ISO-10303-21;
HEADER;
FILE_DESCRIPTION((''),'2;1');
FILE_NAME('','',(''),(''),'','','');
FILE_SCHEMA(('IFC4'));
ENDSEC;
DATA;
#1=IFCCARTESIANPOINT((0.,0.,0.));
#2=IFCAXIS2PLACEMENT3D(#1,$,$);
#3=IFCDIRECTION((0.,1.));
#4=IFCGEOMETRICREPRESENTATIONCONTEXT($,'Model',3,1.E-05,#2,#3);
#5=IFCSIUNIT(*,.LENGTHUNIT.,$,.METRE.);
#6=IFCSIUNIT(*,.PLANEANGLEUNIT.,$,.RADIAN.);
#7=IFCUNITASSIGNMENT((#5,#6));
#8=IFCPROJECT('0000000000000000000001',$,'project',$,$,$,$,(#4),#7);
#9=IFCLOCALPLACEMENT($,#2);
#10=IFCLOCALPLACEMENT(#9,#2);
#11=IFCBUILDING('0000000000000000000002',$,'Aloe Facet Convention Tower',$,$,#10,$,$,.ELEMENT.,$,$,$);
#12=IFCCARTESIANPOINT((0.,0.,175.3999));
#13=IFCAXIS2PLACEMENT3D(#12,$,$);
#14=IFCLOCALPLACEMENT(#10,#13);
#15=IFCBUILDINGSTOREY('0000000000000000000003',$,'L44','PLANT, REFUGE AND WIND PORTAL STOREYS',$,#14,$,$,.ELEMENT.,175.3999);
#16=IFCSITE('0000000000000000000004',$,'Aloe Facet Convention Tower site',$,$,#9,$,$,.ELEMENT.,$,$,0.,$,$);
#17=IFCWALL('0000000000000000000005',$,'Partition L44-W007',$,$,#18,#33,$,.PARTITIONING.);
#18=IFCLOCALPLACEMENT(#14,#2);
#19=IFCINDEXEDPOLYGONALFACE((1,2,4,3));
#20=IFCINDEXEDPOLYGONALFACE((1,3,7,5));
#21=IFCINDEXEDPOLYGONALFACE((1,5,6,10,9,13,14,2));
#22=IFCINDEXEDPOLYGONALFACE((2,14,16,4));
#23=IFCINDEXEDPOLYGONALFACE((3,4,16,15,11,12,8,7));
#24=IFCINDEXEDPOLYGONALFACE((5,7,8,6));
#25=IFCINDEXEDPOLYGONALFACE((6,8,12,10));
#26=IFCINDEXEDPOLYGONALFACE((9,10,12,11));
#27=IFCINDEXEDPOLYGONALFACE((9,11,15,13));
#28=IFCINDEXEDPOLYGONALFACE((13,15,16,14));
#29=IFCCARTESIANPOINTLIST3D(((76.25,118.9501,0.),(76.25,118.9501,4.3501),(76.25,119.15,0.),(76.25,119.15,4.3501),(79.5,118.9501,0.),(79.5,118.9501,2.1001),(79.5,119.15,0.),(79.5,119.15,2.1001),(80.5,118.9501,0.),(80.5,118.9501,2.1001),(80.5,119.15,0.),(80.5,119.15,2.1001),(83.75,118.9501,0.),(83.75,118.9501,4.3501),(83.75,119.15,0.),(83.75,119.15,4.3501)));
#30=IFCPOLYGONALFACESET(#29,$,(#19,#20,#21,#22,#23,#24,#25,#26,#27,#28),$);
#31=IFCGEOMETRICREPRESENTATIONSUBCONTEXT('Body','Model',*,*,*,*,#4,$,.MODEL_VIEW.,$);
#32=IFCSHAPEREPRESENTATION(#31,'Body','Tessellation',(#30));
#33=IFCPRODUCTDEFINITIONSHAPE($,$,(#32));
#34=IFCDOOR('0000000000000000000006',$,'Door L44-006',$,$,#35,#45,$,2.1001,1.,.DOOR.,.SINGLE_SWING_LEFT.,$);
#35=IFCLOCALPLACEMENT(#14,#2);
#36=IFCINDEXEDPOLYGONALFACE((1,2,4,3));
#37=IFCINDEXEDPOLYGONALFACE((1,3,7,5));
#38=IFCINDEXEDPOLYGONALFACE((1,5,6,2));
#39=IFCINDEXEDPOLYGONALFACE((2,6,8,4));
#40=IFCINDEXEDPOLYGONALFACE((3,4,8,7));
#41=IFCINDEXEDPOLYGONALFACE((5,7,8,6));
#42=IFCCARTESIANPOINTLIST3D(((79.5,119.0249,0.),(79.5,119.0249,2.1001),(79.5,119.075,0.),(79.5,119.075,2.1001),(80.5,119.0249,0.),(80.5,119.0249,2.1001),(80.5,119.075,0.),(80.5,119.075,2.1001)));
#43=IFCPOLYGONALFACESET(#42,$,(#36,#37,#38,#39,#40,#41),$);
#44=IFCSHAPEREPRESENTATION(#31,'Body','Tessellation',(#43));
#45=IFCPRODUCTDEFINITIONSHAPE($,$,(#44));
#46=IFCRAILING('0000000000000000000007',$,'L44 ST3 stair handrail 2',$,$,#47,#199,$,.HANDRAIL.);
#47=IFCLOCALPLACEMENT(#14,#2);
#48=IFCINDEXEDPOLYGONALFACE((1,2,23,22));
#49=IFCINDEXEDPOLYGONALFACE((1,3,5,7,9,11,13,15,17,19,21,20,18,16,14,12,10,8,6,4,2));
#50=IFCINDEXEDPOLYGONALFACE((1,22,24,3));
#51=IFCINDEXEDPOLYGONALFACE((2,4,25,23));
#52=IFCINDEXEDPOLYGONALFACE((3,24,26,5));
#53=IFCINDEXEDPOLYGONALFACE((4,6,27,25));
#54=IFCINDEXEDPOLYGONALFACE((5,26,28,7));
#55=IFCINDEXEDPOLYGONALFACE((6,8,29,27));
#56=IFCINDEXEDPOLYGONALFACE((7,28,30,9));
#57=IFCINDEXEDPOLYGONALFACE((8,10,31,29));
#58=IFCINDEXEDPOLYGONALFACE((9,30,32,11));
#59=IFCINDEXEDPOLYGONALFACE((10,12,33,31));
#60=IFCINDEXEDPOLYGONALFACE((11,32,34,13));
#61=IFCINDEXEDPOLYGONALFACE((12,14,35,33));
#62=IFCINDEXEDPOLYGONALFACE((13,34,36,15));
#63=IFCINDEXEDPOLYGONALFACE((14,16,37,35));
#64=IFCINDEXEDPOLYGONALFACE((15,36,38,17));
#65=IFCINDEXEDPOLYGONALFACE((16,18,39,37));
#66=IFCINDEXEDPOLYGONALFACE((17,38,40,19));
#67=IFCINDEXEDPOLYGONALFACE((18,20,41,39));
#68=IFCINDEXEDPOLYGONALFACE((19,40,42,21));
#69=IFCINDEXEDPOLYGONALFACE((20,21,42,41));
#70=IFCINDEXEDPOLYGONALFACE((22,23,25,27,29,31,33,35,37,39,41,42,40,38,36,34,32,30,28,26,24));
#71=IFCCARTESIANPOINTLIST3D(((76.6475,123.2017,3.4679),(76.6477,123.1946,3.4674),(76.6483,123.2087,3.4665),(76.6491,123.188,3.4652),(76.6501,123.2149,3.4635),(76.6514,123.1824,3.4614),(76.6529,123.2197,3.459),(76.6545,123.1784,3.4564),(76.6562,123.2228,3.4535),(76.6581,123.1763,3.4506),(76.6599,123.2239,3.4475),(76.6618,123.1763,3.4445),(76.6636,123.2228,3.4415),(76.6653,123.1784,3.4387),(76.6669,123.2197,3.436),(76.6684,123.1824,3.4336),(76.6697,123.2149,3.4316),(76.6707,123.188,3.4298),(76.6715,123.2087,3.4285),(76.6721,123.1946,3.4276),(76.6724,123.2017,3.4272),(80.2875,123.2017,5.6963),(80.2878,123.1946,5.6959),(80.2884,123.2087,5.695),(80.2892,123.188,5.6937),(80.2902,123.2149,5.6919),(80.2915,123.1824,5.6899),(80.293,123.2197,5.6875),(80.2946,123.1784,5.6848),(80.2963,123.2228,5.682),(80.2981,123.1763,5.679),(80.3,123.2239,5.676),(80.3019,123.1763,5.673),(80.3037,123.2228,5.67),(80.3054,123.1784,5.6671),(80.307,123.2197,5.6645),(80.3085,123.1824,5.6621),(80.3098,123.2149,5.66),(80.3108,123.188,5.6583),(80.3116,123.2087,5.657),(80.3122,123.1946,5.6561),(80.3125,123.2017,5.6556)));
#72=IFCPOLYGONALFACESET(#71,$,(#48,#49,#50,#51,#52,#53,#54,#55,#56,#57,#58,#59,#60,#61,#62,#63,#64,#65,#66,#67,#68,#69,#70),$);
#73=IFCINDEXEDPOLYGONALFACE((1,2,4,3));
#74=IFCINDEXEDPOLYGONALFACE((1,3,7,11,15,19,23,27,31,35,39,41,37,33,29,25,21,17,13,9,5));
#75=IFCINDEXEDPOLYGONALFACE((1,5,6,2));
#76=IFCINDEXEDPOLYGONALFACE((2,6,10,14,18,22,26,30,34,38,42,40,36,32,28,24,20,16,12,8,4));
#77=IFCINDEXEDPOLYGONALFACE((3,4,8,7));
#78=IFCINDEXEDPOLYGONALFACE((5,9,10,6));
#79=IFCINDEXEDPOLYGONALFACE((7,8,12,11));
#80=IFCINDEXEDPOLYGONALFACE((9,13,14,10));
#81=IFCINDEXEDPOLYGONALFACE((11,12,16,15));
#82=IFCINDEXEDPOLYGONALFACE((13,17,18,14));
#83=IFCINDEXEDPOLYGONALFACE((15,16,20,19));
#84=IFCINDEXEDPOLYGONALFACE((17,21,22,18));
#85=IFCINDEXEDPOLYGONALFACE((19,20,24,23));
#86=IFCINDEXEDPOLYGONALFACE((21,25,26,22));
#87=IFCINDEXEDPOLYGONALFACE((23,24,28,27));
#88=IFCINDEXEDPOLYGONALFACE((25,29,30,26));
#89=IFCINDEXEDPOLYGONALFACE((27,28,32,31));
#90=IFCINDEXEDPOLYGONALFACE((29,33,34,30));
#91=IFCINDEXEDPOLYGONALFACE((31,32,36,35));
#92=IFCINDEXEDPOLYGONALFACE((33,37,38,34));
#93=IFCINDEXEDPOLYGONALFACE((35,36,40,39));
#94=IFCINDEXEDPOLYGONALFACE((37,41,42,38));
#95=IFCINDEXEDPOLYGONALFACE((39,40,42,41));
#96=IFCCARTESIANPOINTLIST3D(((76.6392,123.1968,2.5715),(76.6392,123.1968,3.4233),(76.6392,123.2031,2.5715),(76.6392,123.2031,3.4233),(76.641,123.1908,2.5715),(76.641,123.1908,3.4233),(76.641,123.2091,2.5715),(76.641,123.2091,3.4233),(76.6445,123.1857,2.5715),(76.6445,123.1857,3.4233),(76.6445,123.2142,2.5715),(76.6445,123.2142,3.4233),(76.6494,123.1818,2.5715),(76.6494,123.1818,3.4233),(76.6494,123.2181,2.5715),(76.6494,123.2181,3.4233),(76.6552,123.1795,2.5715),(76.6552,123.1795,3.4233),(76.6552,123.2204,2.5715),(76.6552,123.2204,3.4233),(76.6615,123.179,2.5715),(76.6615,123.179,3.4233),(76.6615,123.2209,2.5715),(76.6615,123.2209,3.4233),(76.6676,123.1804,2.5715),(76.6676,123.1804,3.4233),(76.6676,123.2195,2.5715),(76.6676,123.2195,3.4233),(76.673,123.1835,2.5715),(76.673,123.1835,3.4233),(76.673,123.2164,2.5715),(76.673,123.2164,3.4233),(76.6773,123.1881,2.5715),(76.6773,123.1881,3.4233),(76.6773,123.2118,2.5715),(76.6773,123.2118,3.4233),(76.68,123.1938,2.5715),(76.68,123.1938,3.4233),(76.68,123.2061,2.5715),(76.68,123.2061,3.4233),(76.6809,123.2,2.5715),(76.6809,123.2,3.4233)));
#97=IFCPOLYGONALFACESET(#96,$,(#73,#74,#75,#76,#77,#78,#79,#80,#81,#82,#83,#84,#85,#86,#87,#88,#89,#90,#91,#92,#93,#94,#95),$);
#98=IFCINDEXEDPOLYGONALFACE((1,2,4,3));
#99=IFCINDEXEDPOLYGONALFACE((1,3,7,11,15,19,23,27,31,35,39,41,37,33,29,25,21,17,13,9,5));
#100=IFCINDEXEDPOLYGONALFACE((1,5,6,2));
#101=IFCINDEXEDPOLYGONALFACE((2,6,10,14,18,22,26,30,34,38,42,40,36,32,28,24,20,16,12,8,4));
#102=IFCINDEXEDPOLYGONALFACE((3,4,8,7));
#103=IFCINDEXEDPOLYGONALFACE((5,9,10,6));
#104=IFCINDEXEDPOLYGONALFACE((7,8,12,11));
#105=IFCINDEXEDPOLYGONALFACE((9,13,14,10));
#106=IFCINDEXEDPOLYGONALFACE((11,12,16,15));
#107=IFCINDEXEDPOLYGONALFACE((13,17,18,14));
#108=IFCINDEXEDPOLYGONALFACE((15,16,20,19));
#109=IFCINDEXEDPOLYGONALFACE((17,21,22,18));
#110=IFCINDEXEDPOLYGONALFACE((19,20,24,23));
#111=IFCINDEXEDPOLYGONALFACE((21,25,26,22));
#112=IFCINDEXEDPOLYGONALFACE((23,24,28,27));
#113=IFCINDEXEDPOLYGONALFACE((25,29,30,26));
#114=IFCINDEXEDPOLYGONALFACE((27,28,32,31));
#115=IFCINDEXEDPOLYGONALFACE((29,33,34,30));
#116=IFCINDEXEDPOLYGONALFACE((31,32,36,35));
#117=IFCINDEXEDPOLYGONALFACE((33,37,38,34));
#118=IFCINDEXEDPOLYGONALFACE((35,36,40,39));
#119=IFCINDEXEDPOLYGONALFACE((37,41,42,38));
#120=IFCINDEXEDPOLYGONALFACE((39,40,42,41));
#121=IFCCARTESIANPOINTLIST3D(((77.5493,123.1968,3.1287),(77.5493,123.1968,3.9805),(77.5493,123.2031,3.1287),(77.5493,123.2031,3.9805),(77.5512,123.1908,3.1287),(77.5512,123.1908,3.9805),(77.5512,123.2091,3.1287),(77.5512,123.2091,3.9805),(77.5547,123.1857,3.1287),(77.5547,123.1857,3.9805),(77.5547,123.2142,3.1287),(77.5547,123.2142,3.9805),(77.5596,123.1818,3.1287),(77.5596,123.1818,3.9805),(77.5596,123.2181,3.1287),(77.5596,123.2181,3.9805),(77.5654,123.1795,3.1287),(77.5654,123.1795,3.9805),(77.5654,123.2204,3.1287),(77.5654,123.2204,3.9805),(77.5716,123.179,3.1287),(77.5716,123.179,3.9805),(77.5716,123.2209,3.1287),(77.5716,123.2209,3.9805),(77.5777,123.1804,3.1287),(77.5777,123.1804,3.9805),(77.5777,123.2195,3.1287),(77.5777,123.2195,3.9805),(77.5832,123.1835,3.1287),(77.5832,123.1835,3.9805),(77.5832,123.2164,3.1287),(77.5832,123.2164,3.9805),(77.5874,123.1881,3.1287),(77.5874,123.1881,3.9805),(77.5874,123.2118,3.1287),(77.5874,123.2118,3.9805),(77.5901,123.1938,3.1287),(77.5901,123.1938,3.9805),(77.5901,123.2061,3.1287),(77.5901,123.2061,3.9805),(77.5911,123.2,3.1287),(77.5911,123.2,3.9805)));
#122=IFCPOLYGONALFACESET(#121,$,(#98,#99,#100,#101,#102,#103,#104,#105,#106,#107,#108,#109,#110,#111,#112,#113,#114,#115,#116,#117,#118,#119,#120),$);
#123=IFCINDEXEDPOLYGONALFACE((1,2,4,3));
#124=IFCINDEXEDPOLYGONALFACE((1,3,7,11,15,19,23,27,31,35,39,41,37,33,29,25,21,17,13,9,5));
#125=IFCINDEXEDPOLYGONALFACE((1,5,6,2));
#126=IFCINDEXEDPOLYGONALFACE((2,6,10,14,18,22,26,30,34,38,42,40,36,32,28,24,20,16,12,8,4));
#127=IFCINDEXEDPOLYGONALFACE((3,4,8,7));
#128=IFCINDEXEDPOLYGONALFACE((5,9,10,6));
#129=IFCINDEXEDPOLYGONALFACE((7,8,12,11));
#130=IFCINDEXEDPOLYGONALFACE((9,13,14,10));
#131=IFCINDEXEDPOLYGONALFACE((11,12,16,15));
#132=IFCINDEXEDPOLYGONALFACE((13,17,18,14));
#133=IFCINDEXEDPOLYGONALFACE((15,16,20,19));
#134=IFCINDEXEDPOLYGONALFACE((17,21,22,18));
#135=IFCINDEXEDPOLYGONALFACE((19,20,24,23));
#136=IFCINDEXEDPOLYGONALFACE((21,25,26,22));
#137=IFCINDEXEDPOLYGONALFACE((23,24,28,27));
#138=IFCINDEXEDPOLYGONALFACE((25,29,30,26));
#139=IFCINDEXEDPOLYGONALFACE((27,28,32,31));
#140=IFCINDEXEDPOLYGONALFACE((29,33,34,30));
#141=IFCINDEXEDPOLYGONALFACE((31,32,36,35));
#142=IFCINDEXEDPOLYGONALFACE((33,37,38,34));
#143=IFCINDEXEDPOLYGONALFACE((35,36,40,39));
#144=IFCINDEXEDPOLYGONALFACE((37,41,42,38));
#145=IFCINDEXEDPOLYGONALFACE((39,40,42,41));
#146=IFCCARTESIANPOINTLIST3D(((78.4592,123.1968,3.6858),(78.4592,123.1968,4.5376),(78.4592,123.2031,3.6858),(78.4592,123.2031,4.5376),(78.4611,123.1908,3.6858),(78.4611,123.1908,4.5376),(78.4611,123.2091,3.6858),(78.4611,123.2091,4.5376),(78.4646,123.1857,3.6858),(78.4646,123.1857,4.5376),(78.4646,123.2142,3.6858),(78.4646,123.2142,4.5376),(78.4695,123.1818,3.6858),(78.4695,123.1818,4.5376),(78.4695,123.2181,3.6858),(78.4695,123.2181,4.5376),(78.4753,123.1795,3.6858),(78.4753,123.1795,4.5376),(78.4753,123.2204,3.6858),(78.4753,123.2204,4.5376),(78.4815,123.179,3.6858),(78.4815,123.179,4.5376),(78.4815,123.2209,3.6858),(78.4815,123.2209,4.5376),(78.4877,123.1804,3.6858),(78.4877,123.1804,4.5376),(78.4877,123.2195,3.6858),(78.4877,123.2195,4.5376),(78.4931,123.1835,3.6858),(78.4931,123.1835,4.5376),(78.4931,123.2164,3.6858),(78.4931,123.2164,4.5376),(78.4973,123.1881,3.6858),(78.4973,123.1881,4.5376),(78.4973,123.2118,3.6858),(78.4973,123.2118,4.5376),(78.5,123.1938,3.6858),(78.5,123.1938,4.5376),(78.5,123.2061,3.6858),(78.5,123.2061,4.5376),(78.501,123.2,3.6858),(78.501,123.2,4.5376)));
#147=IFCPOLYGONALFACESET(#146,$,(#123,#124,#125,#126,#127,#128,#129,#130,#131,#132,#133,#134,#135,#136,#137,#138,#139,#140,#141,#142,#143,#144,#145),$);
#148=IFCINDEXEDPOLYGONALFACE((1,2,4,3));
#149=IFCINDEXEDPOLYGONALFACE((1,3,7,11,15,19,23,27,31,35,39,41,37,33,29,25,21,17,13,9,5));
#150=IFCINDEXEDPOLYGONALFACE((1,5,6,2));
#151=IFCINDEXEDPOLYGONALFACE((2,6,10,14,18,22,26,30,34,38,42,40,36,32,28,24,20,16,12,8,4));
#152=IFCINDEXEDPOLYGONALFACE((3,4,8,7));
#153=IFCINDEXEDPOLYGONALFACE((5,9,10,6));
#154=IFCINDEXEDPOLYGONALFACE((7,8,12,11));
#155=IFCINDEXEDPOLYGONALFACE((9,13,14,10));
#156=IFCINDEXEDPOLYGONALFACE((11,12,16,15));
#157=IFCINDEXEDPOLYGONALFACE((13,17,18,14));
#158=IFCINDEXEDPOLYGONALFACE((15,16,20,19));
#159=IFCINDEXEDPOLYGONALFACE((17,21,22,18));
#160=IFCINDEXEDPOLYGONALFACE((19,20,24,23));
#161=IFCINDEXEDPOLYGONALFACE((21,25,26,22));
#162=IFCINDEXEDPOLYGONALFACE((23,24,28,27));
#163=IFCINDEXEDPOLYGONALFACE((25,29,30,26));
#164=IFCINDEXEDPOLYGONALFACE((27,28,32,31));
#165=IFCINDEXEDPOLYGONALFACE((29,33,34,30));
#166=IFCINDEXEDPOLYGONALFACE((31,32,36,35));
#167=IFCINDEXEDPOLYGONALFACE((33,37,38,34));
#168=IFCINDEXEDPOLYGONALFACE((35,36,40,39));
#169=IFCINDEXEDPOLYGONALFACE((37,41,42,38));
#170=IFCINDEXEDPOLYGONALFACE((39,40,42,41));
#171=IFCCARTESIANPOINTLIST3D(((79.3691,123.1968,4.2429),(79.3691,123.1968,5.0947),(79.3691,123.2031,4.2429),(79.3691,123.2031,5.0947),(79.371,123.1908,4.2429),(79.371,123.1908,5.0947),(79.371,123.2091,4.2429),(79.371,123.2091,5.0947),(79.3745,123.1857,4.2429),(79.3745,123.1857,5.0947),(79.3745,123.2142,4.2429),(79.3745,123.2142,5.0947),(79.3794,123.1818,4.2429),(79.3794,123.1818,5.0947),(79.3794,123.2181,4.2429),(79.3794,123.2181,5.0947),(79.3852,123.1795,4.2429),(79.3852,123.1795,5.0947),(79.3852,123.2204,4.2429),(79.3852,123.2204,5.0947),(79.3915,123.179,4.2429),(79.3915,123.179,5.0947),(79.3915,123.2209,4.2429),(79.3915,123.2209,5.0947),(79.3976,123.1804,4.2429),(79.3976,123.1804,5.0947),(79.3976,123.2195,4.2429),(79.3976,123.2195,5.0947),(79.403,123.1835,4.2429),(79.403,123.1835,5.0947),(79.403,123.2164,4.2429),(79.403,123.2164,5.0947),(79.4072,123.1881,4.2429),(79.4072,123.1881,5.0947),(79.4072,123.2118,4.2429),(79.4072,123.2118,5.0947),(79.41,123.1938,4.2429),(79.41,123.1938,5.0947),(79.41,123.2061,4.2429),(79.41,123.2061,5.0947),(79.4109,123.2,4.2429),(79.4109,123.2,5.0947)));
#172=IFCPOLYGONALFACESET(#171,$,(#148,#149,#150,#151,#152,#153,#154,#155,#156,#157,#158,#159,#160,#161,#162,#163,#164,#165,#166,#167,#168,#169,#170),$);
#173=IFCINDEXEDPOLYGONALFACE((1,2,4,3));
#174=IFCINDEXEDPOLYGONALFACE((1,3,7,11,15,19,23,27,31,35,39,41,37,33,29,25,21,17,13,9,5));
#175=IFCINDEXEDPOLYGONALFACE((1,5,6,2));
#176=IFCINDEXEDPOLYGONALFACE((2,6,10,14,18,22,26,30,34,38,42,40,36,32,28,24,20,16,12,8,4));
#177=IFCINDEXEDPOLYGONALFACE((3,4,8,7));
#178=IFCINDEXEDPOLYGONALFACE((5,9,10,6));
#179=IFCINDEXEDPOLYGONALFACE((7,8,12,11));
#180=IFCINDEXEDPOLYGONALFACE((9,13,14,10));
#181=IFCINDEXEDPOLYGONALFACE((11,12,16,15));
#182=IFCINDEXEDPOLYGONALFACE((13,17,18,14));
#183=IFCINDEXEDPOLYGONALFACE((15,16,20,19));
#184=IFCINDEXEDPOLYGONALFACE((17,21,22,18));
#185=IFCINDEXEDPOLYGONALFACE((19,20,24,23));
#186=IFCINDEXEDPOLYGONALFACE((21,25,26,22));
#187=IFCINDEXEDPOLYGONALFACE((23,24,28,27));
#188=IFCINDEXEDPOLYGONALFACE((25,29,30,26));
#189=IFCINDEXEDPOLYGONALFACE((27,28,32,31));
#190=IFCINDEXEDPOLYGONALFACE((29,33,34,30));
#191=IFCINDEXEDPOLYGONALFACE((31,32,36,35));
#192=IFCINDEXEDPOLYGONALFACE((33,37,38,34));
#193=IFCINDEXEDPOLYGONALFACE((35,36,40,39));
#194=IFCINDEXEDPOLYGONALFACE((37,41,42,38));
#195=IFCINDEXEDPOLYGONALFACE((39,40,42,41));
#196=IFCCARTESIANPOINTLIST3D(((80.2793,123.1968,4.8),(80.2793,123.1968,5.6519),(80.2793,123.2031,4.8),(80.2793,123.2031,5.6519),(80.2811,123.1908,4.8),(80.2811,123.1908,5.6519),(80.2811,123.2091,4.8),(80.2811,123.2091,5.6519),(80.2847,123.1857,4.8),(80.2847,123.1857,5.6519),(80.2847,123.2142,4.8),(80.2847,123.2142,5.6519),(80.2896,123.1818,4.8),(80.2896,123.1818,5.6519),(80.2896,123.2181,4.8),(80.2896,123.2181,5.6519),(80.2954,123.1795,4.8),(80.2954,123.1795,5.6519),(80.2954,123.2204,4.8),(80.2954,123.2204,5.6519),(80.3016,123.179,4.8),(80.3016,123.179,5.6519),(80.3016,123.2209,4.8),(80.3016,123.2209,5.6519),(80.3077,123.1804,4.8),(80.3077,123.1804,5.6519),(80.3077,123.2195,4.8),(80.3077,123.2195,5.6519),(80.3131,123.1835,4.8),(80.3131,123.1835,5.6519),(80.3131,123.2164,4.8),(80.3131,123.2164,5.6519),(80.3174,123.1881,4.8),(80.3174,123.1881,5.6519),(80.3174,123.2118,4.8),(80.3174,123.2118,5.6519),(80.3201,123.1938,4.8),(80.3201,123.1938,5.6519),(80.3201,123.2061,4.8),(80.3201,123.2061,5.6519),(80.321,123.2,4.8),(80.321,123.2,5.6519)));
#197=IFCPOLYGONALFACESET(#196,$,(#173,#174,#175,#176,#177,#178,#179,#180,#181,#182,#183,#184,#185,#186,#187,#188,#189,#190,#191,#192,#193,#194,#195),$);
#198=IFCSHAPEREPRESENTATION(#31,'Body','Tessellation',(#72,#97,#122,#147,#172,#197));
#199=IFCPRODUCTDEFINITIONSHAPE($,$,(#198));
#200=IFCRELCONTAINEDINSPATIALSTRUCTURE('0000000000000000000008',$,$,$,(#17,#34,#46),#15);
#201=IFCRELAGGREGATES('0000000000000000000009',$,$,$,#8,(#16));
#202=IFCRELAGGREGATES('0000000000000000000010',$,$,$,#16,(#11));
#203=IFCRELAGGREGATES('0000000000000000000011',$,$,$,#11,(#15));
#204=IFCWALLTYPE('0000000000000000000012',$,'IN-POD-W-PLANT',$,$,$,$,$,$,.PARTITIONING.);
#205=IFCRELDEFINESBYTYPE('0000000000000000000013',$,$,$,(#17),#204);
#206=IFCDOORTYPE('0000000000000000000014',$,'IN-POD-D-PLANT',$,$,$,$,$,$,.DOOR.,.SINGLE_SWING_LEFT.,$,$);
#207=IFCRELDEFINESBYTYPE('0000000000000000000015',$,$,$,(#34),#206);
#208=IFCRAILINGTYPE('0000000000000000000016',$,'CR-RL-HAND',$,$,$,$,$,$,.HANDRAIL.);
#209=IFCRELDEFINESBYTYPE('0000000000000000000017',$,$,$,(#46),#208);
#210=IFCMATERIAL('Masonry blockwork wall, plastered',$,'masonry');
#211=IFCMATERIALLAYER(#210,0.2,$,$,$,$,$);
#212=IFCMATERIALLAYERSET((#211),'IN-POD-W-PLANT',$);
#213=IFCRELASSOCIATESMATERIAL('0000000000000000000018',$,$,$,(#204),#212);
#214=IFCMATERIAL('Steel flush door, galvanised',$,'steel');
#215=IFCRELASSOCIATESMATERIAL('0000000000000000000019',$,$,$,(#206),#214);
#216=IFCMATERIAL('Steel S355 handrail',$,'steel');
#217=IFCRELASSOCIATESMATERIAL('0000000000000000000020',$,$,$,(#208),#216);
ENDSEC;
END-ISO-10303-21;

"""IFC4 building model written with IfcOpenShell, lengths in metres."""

from ifc_helpers import new_model, si_unit, direction, frame, frame_2d, origin, origin_2d, place, context, subcontext, project, spatial, rectangle, circle, extrude, material, layer, layer_set, type_object, element, fill, save


model = new_model("IFC4")

# Units and contexts
model_context = context("Model", 3, precision=1e-05, world=origin(), true_north=direction((0.0, 1.0)))
body_context = subcontext(model_context, "Body", "Model", "MODEL_VIEW")
ifc_project = project(units=[si_unit("LENGTHUNIT", "METRE"), si_unit("PLANEANGLEUNIT", "RADIAN")], contexts=[model_context])

# Site, building, storey
site_placement = place(None, origin())
site = spatial("IfcSite", under=ifc_project, at=site_placement, Name="Aloe Facet Convention Tower site", CompositionType="ELEMENT", RefElevation=0.0)
building_placement = place(site_placement, origin())
building = spatial("IfcBuilding", under=site, at=building_placement, Name="Aloe Facet Convention Tower", CompositionType="ELEMENT")
storey_placement = place(building_placement, frame((0.0, 0.0, 175.3999)))
storey = spatial("IfcBuildingStorey", under=building, at=storey_placement, Name="L44", Description="PLANT, REFUGE AND WIND PORTAL STOREYS", CompositionType="ELEMENT", Elevation=175.3999)

# Wall, opening, door
ifc_material_1 = material(Name="Masonry blockwork wall, plastered", Category="masonry")
ifc_layer_1 = layer(ifc_material_1, 0.2)
ifc_layer_set_1 = layer_set([ifc_layer_1], Name="IN-POD-W-PLANT")
wall_type_1 = type_object("IfcWallType", Name="IN-POD-W-PLANT", PredefinedType="PARTITIONING", material=ifc_layer_set_1)
ifc_material_2 = material(Name="Steel flush door, galvanised", Category="steel")
door_type_1 = type_object("IfcDoorType", Name="IN-POD-D-PLANT", OperationType="SINGLE_SWING_LEFT", PredefinedType="DOOR", material=ifc_material_2)
wall_1_placement = place(storey_placement, frame((76.25, 119.05, 0.0), z_axis=(0.0, 0.0, 1.0), x_axis=(1.0, 0.0, 0.0)))
wall_1 = element("IfcWall", 1, at=wall_1_placement, inside=storey, type_object=wall_type_1, Name="Partition L44-W007", PredefinedType="PARTITIONING", context=body_context, shape_type="SweptSolid", body=[
    extrude(rectangle(XDim=7.5, YDim=0.2, at=frame_2d((3.75, 0.0))), origin(), (0.0, 0.0, 1.0), 4.3501),
])
opening_1_placement = place(wall_1_placement, frame((3.25, 0.0, 0.0)))
opening_1 = element("IfcOpeningElement", 2, at=opening_1_placement, cuts=wall_1, PredefinedType="OPENING", context=body_context, shape_type="SweptSolid", body=[
    extrude(rectangle(XDim=1.0, YDim=2.1001, at=frame_2d((0.5, 1.05))), frame((0.0, 0.1099, 0.0), z_axis=(0.0, -1.0, 0.0), x_axis=(1.0, 0.0, 0.0)), (0.0, 0.0, 1.0), 0.22),
])
door_1_placement = place(opening_1_placement, origin())
door_1 = element("IfcDoor", 3, at=door_1_placement, inside=storey, type_object=door_type_1, Name="Door L44-006", OperationType="SINGLE_SWING_LEFT", OverallHeight=2.1001, OverallWidth=1.0, PredefinedType="DOOR", context=body_context, shape_type="SweptSolid", body=[
    extrude(rectangle(XDim=1.0, YDim=2.1001, at=frame_2d((0.5, 1.05))), frame((0.0, 0.0249, 0.0), z_axis=(0.0, -1.0, 0.0), x_axis=(1.0, 0.0, 0.0)), (0.0, 0.0, 1.0), 0.05),
])
fill(opening_1, door_1)

# Railing
ifc_material_3 = material(Name="Steel S355 handrail", Category="steel")
railing_type = type_object("IfcRailingType", Name="CR-RL-HAND", PredefinedType="HANDRAIL", material=ifc_material_3)
railing_placement = place(storey_placement, frame((76.6599, 123.2, 2.5715)))
element("IfcRailing", 4, at=railing_placement, inside=storey, type_object=railing_type, Name="L44 ST3 stair handrail 2", PredefinedType="HANDRAIL", context=body_context, shape_type="SweptSolid", body=[
    extrude(circle(Radius=0.0239, at=origin_2d()), frame((0.0, 0.0, 0.876), z_axis=(0.852866, 0.0, 0.52213), x_axis=(0.0, 1.0, 0.0)), (0.0, 0.0, 1.0), 4.2681),
    extrude(circle(Radius=0.021, at=origin_2d()), origin(), (0.0, 0.0, 1.0), 0.8518),
    extrude(circle(Radius=0.021, at=origin_2d()), frame((0.9102, 0.0, 0.5571)), (0.0, 0.0, 1.0), 0.8518),
    extrude(circle(Radius=0.021, at=origin_2d()), frame((1.8201, 0.0, 1.1143)), (0.0, 0.0, 1.0), 0.8518),
    extrude(circle(Radius=0.021, at=origin_2d()), frame((2.73, 0.0, 1.6714)), (0.0, 0.0, 1.0), 0.8518),
    extrude(circle(Radius=0.021, at=origin_2d()), frame((3.6401, 0.0, 2.2285)), (0.0, 0.0, 1.0), 0.8518),
])

save(model, "model.ifc")
